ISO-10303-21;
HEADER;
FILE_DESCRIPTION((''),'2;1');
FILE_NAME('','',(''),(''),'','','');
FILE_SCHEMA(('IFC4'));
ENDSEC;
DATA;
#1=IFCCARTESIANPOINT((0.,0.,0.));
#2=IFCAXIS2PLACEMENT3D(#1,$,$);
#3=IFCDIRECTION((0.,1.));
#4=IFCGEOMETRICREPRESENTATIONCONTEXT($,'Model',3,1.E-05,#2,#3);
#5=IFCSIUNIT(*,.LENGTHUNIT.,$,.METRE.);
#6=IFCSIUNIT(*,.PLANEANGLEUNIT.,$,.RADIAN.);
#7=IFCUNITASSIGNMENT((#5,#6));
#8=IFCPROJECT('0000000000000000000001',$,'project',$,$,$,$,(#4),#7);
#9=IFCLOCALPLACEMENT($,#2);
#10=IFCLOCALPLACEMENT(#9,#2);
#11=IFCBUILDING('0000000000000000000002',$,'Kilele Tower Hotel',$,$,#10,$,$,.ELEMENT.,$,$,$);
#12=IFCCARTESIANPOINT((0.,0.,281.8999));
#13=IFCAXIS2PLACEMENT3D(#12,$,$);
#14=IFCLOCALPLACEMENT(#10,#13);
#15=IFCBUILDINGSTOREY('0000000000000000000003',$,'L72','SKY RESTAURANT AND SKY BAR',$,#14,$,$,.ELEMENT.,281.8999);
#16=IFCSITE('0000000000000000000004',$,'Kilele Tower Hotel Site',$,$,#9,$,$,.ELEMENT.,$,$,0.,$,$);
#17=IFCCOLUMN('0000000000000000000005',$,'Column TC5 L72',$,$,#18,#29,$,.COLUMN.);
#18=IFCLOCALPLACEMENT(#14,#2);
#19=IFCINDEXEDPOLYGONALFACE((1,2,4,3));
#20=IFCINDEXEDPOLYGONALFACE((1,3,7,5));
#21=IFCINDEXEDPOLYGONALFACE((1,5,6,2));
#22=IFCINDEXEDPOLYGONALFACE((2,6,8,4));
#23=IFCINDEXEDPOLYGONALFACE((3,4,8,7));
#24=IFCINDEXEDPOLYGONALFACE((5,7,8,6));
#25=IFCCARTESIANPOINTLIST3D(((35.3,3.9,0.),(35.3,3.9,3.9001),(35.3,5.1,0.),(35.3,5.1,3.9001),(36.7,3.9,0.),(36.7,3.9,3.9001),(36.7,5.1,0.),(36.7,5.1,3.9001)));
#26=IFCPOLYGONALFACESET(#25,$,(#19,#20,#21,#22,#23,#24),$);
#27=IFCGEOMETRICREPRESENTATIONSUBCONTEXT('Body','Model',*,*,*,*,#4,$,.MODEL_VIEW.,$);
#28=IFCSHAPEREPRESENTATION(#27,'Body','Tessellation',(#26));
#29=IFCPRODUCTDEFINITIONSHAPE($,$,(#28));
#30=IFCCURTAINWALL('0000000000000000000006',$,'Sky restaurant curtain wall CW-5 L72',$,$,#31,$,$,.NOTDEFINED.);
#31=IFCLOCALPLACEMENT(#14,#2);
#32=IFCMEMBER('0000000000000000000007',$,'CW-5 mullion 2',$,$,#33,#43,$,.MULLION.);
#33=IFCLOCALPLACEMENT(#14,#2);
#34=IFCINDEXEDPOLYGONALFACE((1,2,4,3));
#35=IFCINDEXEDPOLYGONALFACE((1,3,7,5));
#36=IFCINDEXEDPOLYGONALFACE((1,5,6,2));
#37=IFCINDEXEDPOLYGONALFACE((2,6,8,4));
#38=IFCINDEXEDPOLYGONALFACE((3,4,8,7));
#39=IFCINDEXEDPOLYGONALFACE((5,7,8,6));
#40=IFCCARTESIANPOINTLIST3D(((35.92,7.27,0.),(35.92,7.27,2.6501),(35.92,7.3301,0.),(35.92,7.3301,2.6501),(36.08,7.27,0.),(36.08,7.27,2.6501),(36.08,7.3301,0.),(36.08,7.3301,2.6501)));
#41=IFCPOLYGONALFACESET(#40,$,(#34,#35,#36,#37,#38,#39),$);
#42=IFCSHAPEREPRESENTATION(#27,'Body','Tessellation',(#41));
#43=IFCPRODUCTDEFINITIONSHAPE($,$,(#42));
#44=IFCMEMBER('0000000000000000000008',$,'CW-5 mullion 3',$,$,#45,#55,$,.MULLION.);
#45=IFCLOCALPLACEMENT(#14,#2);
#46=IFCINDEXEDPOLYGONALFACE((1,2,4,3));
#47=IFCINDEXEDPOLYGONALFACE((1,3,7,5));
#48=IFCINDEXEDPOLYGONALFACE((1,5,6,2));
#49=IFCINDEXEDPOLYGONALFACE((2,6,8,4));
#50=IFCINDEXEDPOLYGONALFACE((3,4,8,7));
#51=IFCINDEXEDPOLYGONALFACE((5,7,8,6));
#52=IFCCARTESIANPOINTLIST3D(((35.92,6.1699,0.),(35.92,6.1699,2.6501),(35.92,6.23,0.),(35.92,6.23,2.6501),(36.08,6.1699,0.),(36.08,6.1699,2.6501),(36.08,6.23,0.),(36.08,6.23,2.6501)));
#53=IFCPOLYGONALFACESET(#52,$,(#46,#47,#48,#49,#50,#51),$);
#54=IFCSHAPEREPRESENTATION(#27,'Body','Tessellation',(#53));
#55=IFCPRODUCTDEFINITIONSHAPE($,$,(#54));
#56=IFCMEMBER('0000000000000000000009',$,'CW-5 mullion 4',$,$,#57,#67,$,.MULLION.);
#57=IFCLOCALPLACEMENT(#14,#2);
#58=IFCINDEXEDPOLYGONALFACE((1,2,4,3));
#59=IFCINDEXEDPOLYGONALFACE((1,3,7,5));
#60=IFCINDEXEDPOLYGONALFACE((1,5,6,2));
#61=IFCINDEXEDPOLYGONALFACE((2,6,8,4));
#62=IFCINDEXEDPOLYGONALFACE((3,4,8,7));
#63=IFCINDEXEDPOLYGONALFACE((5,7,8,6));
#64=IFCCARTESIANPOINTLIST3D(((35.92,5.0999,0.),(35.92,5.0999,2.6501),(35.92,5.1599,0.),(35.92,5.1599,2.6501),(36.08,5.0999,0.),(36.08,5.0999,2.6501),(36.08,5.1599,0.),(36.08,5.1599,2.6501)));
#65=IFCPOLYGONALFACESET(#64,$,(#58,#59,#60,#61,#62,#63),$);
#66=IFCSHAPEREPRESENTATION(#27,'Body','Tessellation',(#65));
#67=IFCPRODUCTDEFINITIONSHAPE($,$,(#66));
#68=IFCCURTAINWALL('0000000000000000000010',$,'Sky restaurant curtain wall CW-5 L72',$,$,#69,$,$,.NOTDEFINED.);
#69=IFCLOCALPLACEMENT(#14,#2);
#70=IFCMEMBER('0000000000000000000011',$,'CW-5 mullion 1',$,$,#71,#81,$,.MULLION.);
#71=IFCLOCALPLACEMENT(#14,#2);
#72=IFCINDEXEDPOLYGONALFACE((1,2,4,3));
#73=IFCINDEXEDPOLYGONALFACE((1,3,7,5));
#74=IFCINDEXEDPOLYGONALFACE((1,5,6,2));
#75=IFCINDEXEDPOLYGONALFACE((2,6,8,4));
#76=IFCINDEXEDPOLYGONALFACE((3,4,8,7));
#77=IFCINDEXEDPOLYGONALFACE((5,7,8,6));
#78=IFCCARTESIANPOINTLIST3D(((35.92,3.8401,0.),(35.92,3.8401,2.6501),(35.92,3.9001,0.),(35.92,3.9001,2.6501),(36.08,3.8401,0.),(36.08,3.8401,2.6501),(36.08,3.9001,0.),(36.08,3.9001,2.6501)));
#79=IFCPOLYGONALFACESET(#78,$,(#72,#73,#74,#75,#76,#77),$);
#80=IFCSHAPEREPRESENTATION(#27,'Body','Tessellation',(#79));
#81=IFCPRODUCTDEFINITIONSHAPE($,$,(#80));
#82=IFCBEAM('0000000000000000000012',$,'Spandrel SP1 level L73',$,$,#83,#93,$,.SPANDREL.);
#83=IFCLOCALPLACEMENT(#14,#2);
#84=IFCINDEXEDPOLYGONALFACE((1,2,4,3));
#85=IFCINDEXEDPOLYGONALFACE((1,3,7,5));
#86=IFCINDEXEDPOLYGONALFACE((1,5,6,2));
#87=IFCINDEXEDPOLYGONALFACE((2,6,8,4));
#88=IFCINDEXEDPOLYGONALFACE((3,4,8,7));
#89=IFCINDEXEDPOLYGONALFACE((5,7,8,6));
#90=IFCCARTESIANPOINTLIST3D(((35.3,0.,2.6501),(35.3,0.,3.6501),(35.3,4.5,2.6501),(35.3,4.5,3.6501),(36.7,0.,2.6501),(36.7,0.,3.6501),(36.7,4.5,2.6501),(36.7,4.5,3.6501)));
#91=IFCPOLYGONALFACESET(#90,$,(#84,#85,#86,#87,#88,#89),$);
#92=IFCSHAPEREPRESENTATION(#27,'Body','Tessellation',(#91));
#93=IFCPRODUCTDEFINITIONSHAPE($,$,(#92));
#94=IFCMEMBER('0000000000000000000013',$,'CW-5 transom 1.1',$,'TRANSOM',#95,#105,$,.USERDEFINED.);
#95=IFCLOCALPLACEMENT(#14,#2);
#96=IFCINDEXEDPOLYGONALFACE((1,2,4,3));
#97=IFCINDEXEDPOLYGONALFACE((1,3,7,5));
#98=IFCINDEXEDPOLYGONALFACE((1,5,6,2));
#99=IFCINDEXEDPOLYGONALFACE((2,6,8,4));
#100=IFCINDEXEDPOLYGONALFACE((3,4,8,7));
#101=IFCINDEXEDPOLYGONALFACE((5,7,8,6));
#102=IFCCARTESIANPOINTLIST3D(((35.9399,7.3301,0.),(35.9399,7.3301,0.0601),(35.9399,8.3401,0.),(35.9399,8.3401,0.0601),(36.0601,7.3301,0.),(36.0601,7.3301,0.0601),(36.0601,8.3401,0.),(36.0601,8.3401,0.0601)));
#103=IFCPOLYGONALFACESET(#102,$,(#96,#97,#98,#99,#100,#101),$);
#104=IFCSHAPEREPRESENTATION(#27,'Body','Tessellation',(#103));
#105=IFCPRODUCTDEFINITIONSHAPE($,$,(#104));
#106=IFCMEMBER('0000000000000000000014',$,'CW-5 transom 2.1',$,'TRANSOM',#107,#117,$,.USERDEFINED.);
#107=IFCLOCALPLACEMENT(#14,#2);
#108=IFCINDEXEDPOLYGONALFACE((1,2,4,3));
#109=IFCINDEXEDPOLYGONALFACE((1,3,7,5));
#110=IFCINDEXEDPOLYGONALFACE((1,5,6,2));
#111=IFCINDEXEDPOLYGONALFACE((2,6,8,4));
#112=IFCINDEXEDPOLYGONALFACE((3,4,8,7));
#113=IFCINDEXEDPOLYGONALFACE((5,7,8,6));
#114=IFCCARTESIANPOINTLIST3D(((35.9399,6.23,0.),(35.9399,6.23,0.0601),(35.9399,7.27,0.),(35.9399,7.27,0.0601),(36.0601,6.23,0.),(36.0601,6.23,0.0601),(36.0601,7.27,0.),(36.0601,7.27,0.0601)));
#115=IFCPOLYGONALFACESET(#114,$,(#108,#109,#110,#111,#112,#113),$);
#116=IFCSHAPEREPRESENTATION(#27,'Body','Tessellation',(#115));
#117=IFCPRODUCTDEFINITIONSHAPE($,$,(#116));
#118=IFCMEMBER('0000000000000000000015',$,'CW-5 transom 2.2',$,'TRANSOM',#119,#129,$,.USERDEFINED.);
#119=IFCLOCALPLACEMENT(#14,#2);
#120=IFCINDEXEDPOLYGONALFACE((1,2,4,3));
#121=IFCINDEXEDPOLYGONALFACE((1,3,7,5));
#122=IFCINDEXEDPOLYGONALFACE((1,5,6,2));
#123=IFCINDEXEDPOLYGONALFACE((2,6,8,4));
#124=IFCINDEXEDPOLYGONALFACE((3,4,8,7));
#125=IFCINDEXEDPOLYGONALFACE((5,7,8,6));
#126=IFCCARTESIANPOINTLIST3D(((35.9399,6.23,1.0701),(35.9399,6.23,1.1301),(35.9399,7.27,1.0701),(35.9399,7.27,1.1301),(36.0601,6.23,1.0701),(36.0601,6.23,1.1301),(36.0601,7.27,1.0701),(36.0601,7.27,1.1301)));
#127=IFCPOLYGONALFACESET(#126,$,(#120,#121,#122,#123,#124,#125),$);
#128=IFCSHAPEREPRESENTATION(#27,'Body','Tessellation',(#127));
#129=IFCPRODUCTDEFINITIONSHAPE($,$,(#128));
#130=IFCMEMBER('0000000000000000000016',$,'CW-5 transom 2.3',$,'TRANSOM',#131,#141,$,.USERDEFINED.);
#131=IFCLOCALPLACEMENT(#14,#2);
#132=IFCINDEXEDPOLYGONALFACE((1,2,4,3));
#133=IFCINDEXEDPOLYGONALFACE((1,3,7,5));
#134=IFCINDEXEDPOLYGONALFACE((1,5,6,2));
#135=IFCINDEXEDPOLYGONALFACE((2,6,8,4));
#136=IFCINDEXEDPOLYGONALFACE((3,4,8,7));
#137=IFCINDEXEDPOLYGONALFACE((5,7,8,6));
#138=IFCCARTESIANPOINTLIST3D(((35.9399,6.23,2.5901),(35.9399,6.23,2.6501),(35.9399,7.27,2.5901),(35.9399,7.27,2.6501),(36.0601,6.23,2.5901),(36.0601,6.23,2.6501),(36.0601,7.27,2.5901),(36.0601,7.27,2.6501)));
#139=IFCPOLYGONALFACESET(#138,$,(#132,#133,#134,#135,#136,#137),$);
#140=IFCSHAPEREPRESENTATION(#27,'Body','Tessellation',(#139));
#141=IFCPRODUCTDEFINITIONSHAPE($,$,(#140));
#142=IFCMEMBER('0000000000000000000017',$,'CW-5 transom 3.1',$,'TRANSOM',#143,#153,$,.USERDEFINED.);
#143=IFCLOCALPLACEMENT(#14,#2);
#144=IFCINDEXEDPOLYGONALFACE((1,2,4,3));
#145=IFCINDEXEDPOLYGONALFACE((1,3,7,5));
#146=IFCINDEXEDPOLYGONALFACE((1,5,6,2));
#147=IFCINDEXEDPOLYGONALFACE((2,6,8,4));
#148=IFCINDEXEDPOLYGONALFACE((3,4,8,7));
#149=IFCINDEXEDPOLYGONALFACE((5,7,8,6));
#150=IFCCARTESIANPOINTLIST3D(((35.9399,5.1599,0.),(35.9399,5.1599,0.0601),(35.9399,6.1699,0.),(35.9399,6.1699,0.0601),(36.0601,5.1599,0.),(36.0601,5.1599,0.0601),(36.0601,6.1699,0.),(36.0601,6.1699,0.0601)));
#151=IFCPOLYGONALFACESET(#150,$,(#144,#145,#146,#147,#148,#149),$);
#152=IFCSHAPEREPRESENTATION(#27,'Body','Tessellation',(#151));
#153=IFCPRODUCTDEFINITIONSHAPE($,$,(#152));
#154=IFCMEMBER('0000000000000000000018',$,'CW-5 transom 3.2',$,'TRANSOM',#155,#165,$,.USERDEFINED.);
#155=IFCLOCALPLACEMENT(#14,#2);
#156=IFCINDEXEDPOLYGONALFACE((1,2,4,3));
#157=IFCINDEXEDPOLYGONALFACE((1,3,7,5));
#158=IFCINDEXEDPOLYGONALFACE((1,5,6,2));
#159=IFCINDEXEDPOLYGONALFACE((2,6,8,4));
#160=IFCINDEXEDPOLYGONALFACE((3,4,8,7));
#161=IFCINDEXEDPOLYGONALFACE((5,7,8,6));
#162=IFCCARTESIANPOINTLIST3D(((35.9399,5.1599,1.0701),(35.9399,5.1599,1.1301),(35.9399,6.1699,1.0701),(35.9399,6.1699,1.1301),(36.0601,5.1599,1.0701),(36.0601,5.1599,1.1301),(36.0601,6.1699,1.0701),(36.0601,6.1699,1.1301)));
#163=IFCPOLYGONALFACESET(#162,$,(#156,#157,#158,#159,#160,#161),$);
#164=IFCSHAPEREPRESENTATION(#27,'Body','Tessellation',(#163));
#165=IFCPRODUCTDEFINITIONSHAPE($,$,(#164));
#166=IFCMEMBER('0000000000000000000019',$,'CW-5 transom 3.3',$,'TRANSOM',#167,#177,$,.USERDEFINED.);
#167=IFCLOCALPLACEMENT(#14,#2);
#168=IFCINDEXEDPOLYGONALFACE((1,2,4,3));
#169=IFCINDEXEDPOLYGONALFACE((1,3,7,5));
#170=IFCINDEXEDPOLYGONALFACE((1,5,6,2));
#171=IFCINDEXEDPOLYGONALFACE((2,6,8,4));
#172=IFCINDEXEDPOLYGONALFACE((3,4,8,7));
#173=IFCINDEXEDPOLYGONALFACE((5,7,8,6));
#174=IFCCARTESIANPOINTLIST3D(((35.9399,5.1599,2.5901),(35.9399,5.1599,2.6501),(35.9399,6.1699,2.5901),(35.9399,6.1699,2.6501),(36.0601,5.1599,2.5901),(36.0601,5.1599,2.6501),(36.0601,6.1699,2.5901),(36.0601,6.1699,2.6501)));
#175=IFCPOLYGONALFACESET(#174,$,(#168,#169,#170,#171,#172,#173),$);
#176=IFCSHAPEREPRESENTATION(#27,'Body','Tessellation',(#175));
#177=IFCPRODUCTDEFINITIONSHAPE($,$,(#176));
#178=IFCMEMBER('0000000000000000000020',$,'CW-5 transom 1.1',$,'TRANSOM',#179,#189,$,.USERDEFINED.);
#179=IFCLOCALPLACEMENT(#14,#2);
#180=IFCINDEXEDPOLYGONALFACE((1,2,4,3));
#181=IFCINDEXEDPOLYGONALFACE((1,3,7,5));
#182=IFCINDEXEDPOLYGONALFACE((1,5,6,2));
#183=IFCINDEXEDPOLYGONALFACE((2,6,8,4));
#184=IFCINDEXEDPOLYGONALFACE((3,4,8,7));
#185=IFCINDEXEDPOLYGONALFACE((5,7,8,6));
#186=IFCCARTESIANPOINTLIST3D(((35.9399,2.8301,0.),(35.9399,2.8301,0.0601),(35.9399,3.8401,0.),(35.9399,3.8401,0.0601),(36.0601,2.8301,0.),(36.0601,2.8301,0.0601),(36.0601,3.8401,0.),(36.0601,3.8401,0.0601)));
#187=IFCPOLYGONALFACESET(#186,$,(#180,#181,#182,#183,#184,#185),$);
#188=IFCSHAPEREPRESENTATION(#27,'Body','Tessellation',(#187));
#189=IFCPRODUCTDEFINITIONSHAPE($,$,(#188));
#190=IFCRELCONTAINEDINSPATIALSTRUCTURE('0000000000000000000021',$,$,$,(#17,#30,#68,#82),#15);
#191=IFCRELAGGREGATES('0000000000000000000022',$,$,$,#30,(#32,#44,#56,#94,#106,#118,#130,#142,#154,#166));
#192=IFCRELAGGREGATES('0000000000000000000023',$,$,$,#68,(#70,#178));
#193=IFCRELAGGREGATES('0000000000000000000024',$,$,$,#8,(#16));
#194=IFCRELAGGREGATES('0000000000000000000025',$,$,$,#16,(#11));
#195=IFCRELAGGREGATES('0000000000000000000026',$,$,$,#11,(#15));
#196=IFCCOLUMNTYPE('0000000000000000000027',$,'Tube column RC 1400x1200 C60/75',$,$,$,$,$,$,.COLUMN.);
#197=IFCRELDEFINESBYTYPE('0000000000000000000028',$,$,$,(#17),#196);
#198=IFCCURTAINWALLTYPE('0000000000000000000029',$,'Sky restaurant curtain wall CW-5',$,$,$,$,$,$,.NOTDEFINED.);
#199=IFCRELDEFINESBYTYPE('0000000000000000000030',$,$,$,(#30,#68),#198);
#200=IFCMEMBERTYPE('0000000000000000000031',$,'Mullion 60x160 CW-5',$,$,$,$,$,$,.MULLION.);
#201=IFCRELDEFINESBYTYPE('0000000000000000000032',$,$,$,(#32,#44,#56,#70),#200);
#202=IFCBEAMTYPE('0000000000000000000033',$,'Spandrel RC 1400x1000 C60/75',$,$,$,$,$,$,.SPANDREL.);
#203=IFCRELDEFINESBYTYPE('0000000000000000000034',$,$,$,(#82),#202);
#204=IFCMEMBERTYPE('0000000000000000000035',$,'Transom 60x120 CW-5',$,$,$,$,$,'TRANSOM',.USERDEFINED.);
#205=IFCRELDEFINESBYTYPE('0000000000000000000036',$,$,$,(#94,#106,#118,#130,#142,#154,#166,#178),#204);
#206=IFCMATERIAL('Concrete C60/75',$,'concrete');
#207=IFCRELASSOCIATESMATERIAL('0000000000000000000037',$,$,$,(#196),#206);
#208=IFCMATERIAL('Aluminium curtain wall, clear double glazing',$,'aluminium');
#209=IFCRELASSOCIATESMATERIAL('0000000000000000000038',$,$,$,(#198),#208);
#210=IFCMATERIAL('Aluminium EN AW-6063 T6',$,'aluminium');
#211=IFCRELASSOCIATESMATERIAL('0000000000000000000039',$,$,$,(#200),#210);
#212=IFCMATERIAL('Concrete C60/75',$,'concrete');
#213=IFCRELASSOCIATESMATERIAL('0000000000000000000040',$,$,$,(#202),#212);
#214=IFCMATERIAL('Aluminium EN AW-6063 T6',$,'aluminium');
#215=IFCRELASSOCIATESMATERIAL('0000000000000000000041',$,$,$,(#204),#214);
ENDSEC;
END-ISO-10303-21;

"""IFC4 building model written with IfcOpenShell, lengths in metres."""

from ifc_helpers import new_model, si_unit, direction, frame, origin, origin_2d, place, context, subcontext, project, spatial, rectangle, extrude, material, material_profile, profile_set, type_object, element, aggregate, save


model = new_model("IFC4")

# Units and contexts
model_context = context("Model", 3, precision=1e-05, world=origin(), true_north=direction((0.0, 1.0)))
body_context = subcontext(model_context, "Body", "Model", "MODEL_VIEW")
ifc_project = project(units=[si_unit("LENGTHUNIT", "METRE"), si_unit("PLANEANGLEUNIT", "RADIAN")], contexts=[model_context])

# Site, building, storey
site_placement = place(None, origin())
site = spatial("IfcSite", under=ifc_project, at=site_placement, Name="Kilele Tower Hotel Site", CompositionType="ELEMENT", RefElevation=0.0)
building_placement = place(site_placement, origin())
building = spatial("IfcBuilding", under=site, at=building_placement, Name="Kilele Tower Hotel", CompositionType="ELEMENT")
storey_placement = place(building_placement, frame((0.0, 0.0, 281.8999)))
storey = spatial("IfcBuildingStorey", under=building, at=storey_placement, Name="L72", Description="SKY RESTAURANT AND SKY BAR", CompositionType="ELEMENT", Elevation=281.8999)

# Column
ifc_material_1 = material(Name="Concrete C60/75", Category="concrete")
ifc_material_profile_1 = material_profile(ifc_material_1, rectangle(XDim=1.3999, YDim=1.2, at=origin_2d()))
ifc_profile_set_1 = profile_set([ifc_material_profile_1], Name="Concrete C60/75")
column_type = type_object("IfcColumnType", Name="Tube column RC 1400x1200 C60/75", PredefinedType="COLUMN", material=ifc_profile_set_1)
column_placement = place(storey_placement, frame((36.0, 4.5, 0.0), z_axis=(0.0, 0.0, 1.0), x_axis=(1.0, 0.0, 0.0)))
element("IfcColumn", 1, at=column_placement, inside=storey, type_object=column_type, Name="Column TC5 L72", PredefinedType="COLUMN", context=body_context, shape_type="SweptSolid", body=[
    extrude(rectangle(XDim=1.3999, YDim=1.2, at=origin_2d()), origin(), (0.0, 0.0, 1.0), 3.9001),
])

# Curtain wall, members
ifc_material_2 = material(Name="Aluminium curtain wall, clear double glazing", Category="aluminium")
curtain_wall_type = type_object("IfcCurtainWallType", Name="Sky restaurant curtain wall CW-5", PredefinedType="NOTDEFINED", material=ifc_material_2)
curtain_wall_1_placement = place(storey_placement, origin())
curtain_wall_1 = element("IfcCurtainWall", 2, at=curtain_wall_1_placement, inside=storey, type_object=curtain_wall_type, Name="Sky restaurant curtain wall CW-5 L72", PredefinedType="NOTDEFINED")
ifc_material_3 = material(Name="Aluminium EN AW-6063 T6", Category="aluminium")
ifc_material_profile_2 = material_profile(ifc_material_3, rectangle(XDim=0.1599, YDim=0.0601, at=origin_2d()))
ifc_profile_set_2 = profile_set([ifc_material_profile_2], Name="Aluminium EN AW-6063 T6")
member_type_1 = type_object("IfcMemberType", Name="Mullion 60x160 CW-5", PredefinedType="MULLION", material=ifc_profile_set_2)
member_1_placement = place(storey_placement, frame((36.0, 7.3, 0.0), z_axis=(0.0, 0.0, 1.0), x_axis=(1.0, 0.0, 0.0)))
member_1 = element("IfcMember", 3, at=member_1_placement, type_object=member_type_1, Name="CW-5 mullion 2", PredefinedType="MULLION", context=body_context, shape_type="SweptSolid", body=[
    extrude(rectangle(XDim=0.1599, YDim=0.0601, at=origin_2d()), origin(), (0.0, 0.0, 1.0), 2.6501),
])
member_2_placement = place(storey_placement, frame((36.0, 6.2, 0.0), z_axis=(0.0, 0.0, 1.0), x_axis=(1.0, 0.0, 0.0)))
member_2 = element("IfcMember", 4, at=member_2_placement, type_object=member_type_1, Name="CW-5 mullion 3", PredefinedType="MULLION", context=body_context, shape_type="SweptSolid", body=[
    extrude(rectangle(XDim=0.1599, YDim=0.0601, at=origin_2d()), origin(), (0.0, 0.0, 1.0), 2.6501),
])
member_3_placement = place(storey_placement, frame((36.0, 5.1299, 0.0), z_axis=(0.0, 0.0, 1.0), x_axis=(1.0, 0.0, 0.0)))
member_3 = element("IfcMember", 5, at=member_3_placement, type_object=member_type_1, Name="CW-5 mullion 4", PredefinedType="MULLION", context=body_context, shape_type="SweptSolid", body=[
    extrude(rectangle(XDim=0.1599, YDim=0.0601, at=origin_2d()), origin(), (0.0, 0.0, 1.0), 2.6501),
])

# Curtain wall, member
curtain_wall_2_placement = place(storey_placement, origin())
curtain_wall_2 = element("IfcCurtainWall", 6, at=curtain_wall_2_placement, inside=storey, type_object=curtain_wall_type, Name="Sky restaurant curtain wall CW-5 L72", PredefinedType="NOTDEFINED")
member_4_placement = place(storey_placement, frame((36.0, 3.8701, 0.0), z_axis=(0.0, 0.0, 1.0), x_axis=(1.0, 0.0, 0.0)))
member_4 = element("IfcMember", 7, at=member_4_placement, type_object=member_type_1, Name="CW-5 mullion 1", PredefinedType="MULLION", context=body_context, shape_type="SweptSolid", body=[
    extrude(rectangle(XDim=0.1599, YDim=0.0601, at=origin_2d()), origin(), (0.0, 0.0, 1.0), 2.6501),
])

# Beam
ifc_material_4 = material(Name="Concrete C60/75", Category="concrete")
ifc_material_profile_3 = material_profile(ifc_material_4, rectangle(XDim=1.3999, YDim=1.0, at=origin_2d()))
ifc_profile_set_3 = profile_set([ifc_material_profile_3], Name="Concrete C60/75")
beam_type = type_object("IfcBeamType", Name="Spandrel RC 1400x1000 C60/75", PredefinedType="SPANDREL", material=ifc_profile_set_3)
beam_placement = place(storey_placement, frame((36.0, 4.5, 3.1501), z_axis=(0.0, -1.0, 0.0), x_axis=(1.0, 0.0, 0.0)))
element("IfcBeam", 8, at=beam_placement, inside=storey, type_object=beam_type, Name="Spandrel SP1 level L73", PredefinedType="SPANDREL", context=body_context, shape_type="SweptSolid", body=[
    extrude(rectangle(XDim=1.3999, YDim=1.0, at=origin_2d()), origin(), (0.0, 0.0, 1.0), 4.5),
])

# Members
ifc_material_5 = material(Name="Aluminium EN AW-6063 T6", Category="aluminium")
ifc_material_profile_4 = material_profile(ifc_material_5, rectangle(XDim=0.1201, YDim=0.0601, at=origin_2d()))
ifc_profile_set_4 = profile_set([ifc_material_profile_4], Name="Aluminium EN AW-6063 T6")
member_type_2 = type_object("IfcMemberType", Name="Transom 60x120 CW-5", ElementType="TRANSOM", PredefinedType="USERDEFINED", material=ifc_profile_set_4)
member_5_placement = place(storey_placement, frame((36.0, 8.3401, 0.03), z_axis=(0.0, -1.0, 0.0), x_axis=(1.0, 0.0, 0.0)))
member_5 = element("IfcMember", 9, at=member_5_placement, type_object=member_type_2, Name="CW-5 transom 1.1", ObjectType="TRANSOM", PredefinedType="USERDEFINED", context=body_context, shape_type="SweptSolid", body=[
    extrude(rectangle(XDim=0.1201, YDim=0.0601, at=origin_2d()), origin(), (0.0, 0.0, 1.0), 1.01),
])
member_6_placement = place(storey_placement, frame((36.0, 7.27, 0.03), z_axis=(0.0, -1.0, 0.0), x_axis=(1.0, 0.0, 0.0)))
member_6 = element("IfcMember", 10, at=member_6_placement, type_object=member_type_2, Name="CW-5 transom 2.1", ObjectType="TRANSOM", PredefinedType="USERDEFINED", context=body_context, shape_type="SweptSolid", body=[
    extrude(rectangle(XDim=0.1201, YDim=0.0601, at=origin_2d()), origin(), (0.0, 0.0, 1.0), 1.04),
])
member_7_placement = place(storey_placement, frame((36.0, 7.27, 1.1001), z_axis=(0.0, -1.0, 0.0), x_axis=(1.0, 0.0, 0.0)))
member_7 = element("IfcMember", 11, at=member_7_placement, type_object=member_type_2, Name="CW-5 transom 2.2", ObjectType="TRANSOM", PredefinedType="USERDEFINED", context=body_context, shape_type="SweptSolid", body=[
    extrude(rectangle(XDim=0.1201, YDim=0.0601, at=origin_2d()), origin(), (0.0, 0.0, 1.0), 1.04),
])
member_8_placement = place(storey_placement, frame((36.0, 7.27, 2.6201), z_axis=(0.0, -1.0, 0.0), x_axis=(1.0, 0.0, 0.0)))
member_8 = element("IfcMember", 12, at=member_8_placement, type_object=member_type_2, Name="CW-5 transom 2.3", ObjectType="TRANSOM", PredefinedType="USERDEFINED", context=body_context, shape_type="SweptSolid", body=[
    extrude(rectangle(XDim=0.1201, YDim=0.0601, at=origin_2d()), origin(), (0.0, 0.0, 1.0), 1.04),
])
member_9_placement = place(storey_placement, frame((36.0, 6.1699, 0.03), z_axis=(0.0, -1.0, 0.0), x_axis=(1.0, 0.0, 0.0)))
member_9 = element("IfcMember", 13, at=member_9_placement, type_object=member_type_2, Name="CW-5 transom 3.1", ObjectType="TRANSOM", PredefinedType="USERDEFINED", context=body_context, shape_type="SweptSolid", body=[
    extrude(rectangle(XDim=0.1201, YDim=0.0601, at=origin_2d()), origin(), (0.0, 0.0, 1.0), 1.01),
])
member_10_placement = place(storey_placement, frame((36.0, 6.1699, 1.1001), z_axis=(0.0, -1.0, 0.0), x_axis=(1.0, 0.0, 0.0)))
member_10 = element("IfcMember", 14, at=member_10_placement, type_object=member_type_2, Name="CW-5 transom 3.2", ObjectType="TRANSOM", PredefinedType="USERDEFINED", context=body_context, shape_type="SweptSolid", body=[
    extrude(rectangle(XDim=0.1201, YDim=0.0601, at=origin_2d()), origin(), (0.0, 0.0, 1.0), 1.01),
])
member_11_placement = place(storey_placement, frame((36.0, 6.1699, 2.6201), z_axis=(0.0, -1.0, 0.0), x_axis=(1.0, 0.0, 0.0)))
member_11 = element("IfcMember", 15, at=member_11_placement, type_object=member_type_2, Name="CW-5 transom 3.3", ObjectType="TRANSOM", PredefinedType="USERDEFINED", context=body_context, shape_type="SweptSolid", body=[
    extrude(rectangle(XDim=0.1201, YDim=0.0601, at=origin_2d()), origin(), (0.0, 0.0, 1.0), 1.01),
])
member_12_placement = place(storey_placement, frame((36.0, 3.8401, 0.03), z_axis=(0.0, -1.0, 0.0), x_axis=(1.0, 0.0, 0.0)))
member_12 = element("IfcMember", 16, at=member_12_placement, type_object=member_type_2, Name="CW-5 transom 1.1", ObjectType="TRANSOM", PredefinedType="USERDEFINED", context=body_context, shape_type="SweptSolid", body=[
    extrude(rectangle(XDim=0.1201, YDim=0.0601, at=origin_2d()), origin(), (0.0, 0.0, 1.0), 1.01),
])

aggregate(curtain_wall_1, [member_1, member_2, member_3, member_5, member_6, member_7, member_8, member_9, member_10, member_11])
aggregate(curtain_wall_2, [member_4, member_12])

save(model, "model.ifc")
